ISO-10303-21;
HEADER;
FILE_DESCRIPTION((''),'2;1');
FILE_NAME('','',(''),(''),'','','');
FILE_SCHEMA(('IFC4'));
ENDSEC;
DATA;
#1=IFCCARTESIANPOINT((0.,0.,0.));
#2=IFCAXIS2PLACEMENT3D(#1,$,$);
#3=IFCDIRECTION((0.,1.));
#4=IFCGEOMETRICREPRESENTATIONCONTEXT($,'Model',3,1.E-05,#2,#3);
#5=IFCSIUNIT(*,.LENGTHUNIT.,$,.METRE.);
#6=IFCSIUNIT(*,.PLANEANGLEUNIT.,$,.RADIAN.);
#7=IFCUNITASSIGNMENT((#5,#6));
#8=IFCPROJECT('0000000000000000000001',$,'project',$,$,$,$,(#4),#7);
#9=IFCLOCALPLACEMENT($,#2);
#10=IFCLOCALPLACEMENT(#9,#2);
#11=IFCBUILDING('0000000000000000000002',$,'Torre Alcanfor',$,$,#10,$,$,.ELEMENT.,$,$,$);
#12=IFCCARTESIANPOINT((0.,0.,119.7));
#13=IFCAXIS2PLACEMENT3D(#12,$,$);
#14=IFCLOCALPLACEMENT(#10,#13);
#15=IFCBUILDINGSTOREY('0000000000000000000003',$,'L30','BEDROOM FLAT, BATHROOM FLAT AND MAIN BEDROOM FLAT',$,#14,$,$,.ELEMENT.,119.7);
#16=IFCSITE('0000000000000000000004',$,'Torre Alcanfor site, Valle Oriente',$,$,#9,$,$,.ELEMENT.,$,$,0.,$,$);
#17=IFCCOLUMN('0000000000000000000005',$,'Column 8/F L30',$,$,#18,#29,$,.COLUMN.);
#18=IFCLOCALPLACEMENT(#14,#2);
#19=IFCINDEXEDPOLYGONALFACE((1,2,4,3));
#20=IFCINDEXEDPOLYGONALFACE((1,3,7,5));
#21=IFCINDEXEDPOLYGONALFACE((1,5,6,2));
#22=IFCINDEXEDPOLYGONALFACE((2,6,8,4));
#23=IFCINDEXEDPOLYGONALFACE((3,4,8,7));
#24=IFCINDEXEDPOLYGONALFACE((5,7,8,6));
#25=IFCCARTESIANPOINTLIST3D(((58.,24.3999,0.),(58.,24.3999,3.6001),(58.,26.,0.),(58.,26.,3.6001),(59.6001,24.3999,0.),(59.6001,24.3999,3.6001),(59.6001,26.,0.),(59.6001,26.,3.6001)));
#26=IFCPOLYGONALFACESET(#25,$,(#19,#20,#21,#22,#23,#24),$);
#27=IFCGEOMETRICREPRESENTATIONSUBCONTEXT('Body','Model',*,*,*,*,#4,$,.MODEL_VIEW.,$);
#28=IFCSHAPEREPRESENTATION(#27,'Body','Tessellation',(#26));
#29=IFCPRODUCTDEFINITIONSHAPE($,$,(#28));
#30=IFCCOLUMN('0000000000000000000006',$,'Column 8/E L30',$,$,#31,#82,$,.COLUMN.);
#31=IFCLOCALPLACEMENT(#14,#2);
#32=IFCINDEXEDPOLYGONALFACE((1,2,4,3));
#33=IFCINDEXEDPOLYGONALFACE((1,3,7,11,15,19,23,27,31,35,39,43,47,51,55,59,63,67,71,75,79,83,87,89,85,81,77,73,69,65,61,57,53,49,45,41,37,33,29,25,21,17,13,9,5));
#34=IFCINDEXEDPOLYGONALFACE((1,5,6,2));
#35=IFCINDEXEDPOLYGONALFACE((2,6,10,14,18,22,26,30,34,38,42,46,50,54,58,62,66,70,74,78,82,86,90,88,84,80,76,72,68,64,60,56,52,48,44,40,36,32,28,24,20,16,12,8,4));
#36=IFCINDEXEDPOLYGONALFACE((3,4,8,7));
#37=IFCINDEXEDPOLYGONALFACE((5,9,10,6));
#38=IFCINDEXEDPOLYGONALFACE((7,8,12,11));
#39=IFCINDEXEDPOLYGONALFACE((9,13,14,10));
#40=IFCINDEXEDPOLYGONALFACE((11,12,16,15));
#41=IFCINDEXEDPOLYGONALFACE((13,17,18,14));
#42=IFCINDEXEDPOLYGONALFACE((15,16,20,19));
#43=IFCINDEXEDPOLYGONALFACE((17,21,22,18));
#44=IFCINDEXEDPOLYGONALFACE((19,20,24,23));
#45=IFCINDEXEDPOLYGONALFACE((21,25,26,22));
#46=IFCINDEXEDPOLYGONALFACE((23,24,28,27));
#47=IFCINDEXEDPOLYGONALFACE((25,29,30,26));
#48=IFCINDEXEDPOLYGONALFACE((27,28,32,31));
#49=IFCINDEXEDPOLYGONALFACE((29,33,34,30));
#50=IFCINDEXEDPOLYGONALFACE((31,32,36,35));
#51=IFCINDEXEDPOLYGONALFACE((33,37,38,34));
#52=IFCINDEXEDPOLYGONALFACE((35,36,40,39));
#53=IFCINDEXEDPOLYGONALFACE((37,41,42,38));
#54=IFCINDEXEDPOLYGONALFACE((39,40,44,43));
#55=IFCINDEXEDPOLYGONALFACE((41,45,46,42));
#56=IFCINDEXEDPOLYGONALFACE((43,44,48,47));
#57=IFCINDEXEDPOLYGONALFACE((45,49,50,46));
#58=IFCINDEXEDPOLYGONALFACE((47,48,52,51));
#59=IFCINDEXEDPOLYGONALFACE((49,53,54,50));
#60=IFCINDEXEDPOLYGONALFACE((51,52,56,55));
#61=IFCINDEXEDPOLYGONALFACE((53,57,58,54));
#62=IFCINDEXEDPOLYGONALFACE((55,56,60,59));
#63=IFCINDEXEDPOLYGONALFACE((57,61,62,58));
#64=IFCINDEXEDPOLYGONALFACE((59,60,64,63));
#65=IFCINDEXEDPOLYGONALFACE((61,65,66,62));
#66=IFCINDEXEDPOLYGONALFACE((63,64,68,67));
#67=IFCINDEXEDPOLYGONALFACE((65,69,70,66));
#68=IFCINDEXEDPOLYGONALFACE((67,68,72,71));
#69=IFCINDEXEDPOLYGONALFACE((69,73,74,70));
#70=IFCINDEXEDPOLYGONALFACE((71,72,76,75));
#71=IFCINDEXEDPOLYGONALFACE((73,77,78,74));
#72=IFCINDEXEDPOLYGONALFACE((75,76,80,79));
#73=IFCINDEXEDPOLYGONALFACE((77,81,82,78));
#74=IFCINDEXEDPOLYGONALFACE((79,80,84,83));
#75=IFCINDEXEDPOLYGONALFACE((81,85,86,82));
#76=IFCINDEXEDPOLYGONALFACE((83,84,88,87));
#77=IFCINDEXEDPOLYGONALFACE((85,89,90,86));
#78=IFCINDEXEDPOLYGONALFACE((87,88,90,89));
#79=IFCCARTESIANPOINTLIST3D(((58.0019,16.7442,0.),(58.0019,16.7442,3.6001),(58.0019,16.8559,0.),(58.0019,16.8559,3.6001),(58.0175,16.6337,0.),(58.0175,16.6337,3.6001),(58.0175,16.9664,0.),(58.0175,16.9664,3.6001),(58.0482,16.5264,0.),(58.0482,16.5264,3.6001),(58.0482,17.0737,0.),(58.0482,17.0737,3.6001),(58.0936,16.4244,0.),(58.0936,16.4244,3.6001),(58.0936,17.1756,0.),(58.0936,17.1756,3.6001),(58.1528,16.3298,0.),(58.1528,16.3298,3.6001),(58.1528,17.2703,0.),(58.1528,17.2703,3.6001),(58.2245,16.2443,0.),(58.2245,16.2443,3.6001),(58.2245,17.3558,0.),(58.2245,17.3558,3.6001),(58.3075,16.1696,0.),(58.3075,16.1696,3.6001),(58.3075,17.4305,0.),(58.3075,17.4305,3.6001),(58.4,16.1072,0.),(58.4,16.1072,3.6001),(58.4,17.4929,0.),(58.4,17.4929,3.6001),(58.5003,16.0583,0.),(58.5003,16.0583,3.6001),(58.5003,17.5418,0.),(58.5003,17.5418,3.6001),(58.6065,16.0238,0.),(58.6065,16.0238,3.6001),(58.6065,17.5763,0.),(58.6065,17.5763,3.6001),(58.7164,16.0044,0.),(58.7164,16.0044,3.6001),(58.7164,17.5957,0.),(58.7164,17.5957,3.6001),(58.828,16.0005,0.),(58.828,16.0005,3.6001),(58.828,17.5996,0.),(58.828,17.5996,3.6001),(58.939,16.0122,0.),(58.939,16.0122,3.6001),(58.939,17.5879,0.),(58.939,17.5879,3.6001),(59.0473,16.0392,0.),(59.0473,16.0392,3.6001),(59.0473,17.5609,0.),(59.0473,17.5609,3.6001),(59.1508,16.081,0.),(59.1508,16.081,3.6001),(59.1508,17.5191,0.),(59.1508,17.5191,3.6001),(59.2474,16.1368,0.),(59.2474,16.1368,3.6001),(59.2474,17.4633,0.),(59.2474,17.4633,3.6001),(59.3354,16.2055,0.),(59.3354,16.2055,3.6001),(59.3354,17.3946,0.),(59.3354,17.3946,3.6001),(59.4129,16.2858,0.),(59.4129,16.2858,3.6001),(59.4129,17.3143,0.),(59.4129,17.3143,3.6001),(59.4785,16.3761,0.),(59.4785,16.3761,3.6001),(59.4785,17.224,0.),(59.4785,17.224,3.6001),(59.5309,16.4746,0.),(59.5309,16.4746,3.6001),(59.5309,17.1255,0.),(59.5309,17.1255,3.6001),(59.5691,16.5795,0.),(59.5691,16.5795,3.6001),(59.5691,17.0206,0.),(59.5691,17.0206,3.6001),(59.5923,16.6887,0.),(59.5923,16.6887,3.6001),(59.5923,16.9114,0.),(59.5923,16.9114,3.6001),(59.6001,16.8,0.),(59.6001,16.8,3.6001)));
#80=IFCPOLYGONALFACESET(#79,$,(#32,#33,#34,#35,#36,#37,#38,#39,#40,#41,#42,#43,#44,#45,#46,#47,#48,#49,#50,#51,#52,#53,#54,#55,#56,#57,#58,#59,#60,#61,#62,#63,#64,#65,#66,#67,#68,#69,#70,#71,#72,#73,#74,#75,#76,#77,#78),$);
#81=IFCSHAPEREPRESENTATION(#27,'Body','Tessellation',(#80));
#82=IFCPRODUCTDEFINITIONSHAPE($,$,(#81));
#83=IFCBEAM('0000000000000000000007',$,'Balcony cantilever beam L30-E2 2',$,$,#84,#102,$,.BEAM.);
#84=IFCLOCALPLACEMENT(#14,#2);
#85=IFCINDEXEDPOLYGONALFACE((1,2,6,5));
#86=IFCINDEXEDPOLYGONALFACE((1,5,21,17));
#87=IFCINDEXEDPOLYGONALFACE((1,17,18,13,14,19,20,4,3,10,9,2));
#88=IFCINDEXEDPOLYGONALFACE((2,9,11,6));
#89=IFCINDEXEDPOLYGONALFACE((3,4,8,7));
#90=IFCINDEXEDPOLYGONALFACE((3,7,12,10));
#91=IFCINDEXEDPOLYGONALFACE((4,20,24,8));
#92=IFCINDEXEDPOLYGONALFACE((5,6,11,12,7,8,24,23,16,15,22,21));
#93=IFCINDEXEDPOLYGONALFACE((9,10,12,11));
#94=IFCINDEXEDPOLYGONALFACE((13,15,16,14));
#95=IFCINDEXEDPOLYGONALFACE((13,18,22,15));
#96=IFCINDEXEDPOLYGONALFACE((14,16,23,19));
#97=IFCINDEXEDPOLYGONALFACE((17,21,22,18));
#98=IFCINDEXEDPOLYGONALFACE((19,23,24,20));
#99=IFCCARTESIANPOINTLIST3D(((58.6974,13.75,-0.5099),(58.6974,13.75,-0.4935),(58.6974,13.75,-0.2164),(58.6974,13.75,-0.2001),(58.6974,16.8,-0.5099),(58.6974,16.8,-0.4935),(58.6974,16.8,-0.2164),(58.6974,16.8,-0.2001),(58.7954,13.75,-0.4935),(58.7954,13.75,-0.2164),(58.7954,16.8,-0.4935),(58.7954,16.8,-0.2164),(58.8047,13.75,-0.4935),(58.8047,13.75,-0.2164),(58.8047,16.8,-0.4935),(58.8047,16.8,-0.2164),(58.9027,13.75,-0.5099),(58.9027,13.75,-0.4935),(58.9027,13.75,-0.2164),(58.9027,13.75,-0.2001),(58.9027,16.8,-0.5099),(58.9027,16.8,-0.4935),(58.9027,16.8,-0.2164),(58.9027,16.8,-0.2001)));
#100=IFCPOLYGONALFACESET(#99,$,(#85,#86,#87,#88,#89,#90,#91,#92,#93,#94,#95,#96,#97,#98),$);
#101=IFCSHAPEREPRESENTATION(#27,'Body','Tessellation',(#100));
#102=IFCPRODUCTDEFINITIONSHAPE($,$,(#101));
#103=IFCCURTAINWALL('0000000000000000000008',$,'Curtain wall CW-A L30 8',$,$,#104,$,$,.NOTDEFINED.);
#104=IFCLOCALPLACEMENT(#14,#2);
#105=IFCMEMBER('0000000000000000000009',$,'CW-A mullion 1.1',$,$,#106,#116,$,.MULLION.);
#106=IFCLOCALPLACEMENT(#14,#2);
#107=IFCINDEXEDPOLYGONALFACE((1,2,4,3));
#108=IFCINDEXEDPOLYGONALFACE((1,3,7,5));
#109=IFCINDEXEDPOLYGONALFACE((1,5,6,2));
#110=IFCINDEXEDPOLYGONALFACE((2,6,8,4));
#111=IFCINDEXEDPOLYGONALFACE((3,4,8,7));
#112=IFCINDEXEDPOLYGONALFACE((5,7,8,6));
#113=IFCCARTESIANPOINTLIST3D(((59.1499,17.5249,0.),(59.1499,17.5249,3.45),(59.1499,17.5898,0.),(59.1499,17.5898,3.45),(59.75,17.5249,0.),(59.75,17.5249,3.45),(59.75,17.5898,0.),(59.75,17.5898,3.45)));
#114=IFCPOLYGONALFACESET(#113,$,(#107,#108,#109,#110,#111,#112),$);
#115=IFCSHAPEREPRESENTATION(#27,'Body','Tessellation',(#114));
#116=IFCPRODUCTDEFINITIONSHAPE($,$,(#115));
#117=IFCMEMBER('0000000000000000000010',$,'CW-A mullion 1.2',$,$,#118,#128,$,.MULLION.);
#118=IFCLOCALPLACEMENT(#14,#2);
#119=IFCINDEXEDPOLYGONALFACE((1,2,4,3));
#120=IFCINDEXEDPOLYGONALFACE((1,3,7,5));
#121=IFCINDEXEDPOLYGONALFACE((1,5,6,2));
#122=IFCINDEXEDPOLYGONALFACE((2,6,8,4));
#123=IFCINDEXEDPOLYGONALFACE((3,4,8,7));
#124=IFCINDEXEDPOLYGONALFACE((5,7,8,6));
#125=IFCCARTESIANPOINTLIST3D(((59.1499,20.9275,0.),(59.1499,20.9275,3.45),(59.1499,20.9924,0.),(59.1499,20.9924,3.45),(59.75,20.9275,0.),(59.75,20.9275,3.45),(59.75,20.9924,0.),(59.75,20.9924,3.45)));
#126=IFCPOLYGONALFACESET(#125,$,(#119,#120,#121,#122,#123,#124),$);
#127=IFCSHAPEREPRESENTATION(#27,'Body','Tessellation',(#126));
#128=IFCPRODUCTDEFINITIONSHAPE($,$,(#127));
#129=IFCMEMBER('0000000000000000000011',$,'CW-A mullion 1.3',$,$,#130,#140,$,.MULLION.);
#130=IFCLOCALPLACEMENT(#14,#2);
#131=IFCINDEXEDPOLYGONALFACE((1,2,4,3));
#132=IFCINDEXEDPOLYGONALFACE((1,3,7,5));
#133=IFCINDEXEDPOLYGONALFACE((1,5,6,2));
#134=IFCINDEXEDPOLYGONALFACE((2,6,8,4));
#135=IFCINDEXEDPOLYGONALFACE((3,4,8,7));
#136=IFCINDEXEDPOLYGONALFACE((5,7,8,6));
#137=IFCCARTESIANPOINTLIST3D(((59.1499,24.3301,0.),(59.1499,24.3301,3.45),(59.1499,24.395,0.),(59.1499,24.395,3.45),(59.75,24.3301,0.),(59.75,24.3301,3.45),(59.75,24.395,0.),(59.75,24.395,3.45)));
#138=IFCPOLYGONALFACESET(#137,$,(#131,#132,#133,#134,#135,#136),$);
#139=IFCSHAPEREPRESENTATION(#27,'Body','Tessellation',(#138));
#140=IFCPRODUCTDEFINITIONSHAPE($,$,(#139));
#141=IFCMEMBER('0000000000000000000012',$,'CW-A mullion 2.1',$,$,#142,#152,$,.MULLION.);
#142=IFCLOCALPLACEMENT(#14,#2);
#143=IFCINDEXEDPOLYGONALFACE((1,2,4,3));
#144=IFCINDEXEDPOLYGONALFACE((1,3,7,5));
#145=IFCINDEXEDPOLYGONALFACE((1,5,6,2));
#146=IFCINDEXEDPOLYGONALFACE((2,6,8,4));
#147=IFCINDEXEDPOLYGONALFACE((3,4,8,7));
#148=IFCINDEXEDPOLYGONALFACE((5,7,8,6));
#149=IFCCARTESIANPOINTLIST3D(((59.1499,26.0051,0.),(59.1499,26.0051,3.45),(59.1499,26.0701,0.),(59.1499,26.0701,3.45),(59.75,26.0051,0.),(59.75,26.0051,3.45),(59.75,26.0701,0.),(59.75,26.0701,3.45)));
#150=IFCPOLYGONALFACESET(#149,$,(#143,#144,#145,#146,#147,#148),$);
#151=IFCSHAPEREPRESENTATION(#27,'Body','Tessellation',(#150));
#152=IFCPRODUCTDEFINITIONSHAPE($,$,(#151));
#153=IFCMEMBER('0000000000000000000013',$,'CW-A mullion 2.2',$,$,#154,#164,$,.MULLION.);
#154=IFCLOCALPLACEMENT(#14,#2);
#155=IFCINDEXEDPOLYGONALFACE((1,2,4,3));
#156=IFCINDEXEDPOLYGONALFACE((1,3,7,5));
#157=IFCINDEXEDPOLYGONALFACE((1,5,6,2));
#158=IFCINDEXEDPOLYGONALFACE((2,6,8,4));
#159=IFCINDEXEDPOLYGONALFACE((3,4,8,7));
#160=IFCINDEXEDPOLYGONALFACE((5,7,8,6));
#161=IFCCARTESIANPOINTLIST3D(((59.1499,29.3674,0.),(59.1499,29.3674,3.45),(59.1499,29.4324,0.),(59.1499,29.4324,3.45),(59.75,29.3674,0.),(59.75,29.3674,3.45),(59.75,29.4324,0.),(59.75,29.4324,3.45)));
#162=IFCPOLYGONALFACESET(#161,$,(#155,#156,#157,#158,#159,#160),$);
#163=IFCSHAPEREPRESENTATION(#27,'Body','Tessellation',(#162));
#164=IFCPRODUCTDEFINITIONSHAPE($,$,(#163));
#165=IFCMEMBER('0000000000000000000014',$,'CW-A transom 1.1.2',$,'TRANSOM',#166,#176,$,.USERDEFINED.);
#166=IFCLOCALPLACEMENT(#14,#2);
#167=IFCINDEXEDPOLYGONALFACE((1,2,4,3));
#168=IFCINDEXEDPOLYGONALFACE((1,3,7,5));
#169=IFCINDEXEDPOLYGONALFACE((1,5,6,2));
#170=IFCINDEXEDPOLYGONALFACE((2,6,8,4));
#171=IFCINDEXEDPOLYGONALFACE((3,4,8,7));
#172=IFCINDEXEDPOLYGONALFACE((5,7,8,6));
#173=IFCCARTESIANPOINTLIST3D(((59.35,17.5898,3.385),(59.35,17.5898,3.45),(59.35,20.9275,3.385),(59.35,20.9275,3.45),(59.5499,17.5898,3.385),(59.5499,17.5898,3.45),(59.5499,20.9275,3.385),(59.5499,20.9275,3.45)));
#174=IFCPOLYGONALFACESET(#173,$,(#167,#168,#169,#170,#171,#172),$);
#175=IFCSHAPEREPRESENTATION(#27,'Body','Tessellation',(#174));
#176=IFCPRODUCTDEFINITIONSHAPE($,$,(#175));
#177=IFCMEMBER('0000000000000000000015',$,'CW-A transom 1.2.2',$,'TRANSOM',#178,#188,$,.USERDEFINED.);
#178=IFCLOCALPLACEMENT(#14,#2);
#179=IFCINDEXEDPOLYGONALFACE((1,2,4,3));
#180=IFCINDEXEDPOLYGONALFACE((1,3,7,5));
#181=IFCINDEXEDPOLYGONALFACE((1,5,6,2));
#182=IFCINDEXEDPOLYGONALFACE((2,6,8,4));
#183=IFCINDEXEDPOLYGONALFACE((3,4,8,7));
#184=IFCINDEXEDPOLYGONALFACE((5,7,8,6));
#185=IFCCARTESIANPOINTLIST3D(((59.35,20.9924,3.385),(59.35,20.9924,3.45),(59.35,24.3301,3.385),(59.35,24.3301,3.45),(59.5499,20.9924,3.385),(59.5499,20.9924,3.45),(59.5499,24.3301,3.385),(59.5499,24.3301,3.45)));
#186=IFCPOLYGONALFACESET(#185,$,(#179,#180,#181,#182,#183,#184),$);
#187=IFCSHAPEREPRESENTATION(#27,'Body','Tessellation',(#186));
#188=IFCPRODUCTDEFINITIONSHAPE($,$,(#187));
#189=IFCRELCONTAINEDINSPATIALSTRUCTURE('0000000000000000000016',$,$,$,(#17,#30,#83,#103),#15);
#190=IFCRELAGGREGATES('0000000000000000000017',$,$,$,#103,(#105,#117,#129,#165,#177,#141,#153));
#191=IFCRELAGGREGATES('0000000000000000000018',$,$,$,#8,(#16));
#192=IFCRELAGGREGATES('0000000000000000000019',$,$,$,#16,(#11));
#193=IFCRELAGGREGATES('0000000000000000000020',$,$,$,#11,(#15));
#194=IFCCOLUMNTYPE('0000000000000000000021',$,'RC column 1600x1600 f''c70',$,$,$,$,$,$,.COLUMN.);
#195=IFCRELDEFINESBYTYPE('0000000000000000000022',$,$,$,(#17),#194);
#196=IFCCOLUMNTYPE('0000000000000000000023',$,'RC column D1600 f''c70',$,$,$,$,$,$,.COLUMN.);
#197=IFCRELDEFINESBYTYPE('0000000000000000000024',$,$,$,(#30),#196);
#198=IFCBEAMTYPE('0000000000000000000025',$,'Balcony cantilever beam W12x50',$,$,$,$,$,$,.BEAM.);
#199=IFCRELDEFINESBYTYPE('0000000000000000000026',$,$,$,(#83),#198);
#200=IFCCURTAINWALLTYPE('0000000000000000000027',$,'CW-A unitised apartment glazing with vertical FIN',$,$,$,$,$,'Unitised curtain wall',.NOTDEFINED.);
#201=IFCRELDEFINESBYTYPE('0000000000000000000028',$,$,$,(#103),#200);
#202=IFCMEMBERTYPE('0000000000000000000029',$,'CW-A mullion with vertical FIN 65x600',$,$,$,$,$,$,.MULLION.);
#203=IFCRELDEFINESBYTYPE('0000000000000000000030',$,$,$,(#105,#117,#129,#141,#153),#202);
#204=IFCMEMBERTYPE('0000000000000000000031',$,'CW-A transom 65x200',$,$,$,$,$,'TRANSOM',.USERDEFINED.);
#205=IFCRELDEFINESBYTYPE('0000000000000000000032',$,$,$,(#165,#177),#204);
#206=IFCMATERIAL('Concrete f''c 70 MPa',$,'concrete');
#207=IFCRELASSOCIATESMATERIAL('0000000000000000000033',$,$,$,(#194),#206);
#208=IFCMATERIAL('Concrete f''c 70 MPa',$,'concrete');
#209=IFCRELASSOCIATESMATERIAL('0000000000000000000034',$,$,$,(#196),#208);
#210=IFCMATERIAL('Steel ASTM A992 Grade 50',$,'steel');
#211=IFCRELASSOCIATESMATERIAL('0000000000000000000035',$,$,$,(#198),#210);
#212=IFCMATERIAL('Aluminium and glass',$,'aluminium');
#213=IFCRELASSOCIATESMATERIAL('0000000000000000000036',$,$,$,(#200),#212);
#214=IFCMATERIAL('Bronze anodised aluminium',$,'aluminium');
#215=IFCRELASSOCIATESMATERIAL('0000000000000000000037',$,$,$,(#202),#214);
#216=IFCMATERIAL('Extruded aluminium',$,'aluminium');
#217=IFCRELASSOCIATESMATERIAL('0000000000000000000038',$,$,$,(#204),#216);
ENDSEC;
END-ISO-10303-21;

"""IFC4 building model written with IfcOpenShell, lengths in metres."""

from ifc_helpers import new_model, si_unit, direction, frame, origin, origin_2d, place, context, subcontext, project, spatial, rectangle, circle, i_section, extrude, material, material_profile, profile_set, type_object, element, aggregate, save


model = new_model("IFC4")

# Units and contexts
model_context = context("Model", 3, precision=1e-05, world=origin(), true_north=direction((0.0, 1.0)))
body_context = subcontext(model_context, "Body", "Model", "MODEL_VIEW")
ifc_project = project(units=[si_unit("LENGTHUNIT", "METRE"), si_unit("PLANEANGLEUNIT", "RADIAN")], contexts=[model_context])

# Site, building, storey
site_placement = place(None, origin())
site = spatial("IfcSite", under=ifc_project, at=site_placement, Name="Torre Alcanfor site, Valle Oriente", CompositionType="ELEMENT", RefElevation=0.0)
building_placement = place(site_placement, origin())
building = spatial("IfcBuilding", under=site, at=building_placement, Name="Torre Alcanfor", CompositionType="ELEMENT")
storey_placement = place(building_placement, frame((0.0, 0.0, 119.7)))
storey = spatial("IfcBuildingStorey", under=building, at=storey_placement, Name="L30", Description="BEDROOM FLAT, BATHROOM FLAT AND MAIN BEDROOM FLAT", CompositionType="ELEMENT", Elevation=119.7)

# Columns
ifc_material_1 = material(Name="Concrete f'c 70 MPa", Category="concrete")
ifc_material_profile_1 = material_profile(ifc_material_1, rectangle(XDim=1.6001, YDim=1.6001, at=origin_2d()), Name="1600x1600")
ifc_profile_set_1 = profile_set([ifc_material_profile_1], Name="Concrete f'c 70 MPa")
column_type_1 = type_object("IfcColumnType", Name="RC column 1600x1600 f'c70", PredefinedType="COLUMN", material=ifc_profile_set_1)
column_1_placement = place(storey_placement, frame((58.8, 25.2, 0.0), z_axis=(0.0, 0.0, 1.0), x_axis=(1.0, 0.0, 0.0)))
element("IfcColumn", 1, at=column_1_placement, inside=storey, type_object=column_type_1, Name="Column 8/F L30", PredefinedType="COLUMN", context=body_context, shape_type="SweptSolid", body=[
    extrude(rectangle(XDim=1.6001, YDim=1.6001, at=origin_2d()), origin(), (0.0, 0.0, 1.0), 3.6001),
])
ifc_material_2 = material(Name="Concrete f'c 70 MPa", Category="concrete")
ifc_material_profile_2 = material_profile(ifc_material_2, circle(Radius=0.8, at=origin_2d()), Name="D1600")
ifc_profile_set_2 = profile_set([ifc_material_profile_2], Name="Concrete f'c 70 MPa")
column_type_2 = type_object("IfcColumnType", Name="RC column D1600 f'c70", PredefinedType="COLUMN", material=ifc_profile_set_2)
column_2_placement = place(storey_placement, frame((58.8, 16.8, 0.0), z_axis=(0.0, 0.0, 1.0), x_axis=(1.0, 0.0, 0.0)))
element("IfcColumn", 2, at=column_2_placement, inside=storey, type_object=column_type_2, Name="Column 8/E L30", PredefinedType="COLUMN", context=body_context, shape_type="SweptSolid", body=[
    extrude(circle(Radius=0.8, at=origin_2d()), origin(), (0.0, 0.0, 1.0), 3.6001),
])

# Beam
ifc_material_3 = material(Name="Steel ASTM A992 Grade 50", Category="steel")
ifc_material_profile_3 = material_profile(ifc_material_3, i_section(OverallWidth=0.2053, OverallDepth=0.3098, WebThickness=0.0093, FlangeThickness=0.0164, at=origin_2d()), Name="W12x50")
ifc_profile_set_3 = profile_set([ifc_material_profile_3], Name="Steel ASTM A992 Grade 50")
beam_type_1 = type_object("IfcBeamType", Name="Balcony cantilever beam W12x50", PredefinedType="BEAM", material=ifc_profile_set_3)
beam_1_placement = place(storey_placement, frame((58.8, 16.8, -0.355), z_axis=(0.0, -1.0, 0.0), x_axis=(1.0, 0.0, 0.0)))
element("IfcBeam", 3, at=beam_1_placement, inside=storey, type_object=beam_type_1, Name="Balcony cantilever beam L30-E2 2", PredefinedType="BEAM", context=body_context, shape_type="SweptSolid", body=[
    extrude(i_section(OverallWidth=0.2053, OverallDepth=0.3098, WebThickness=0.0093, FlangeThickness=0.0164, at=origin_2d()), origin(), (0.0, 0.0, 1.0), 3.05),
])

# Curtain wall, members
ifc_material_4 = material(Name="Aluminium and glass", Category="aluminium")
curtain_wall_type = type_object("IfcCurtainWallType", Name="CW-A unitised apartment glazing with vertical FIN", ElementType="Unitised curtain wall", PredefinedType="NOTDEFINED", material=ifc_material_4)
curtain_wall_placement = place(storey_placement, origin())
curtain_wall = element("IfcCurtainWall", 4, at=curtain_wall_placement, inside=storey, type_object=curtain_wall_type, Name="Curtain wall CW-A L30 8", PredefinedType="NOTDEFINED")
ifc_material_5 = material(Name="Bronze anodised aluminium", Category="aluminium")
ifc_material_profile_4 = material_profile(ifc_material_5, rectangle(XDim=0.6001, YDim=0.0649, at=origin_2d()), Name="CW-A mullion 65x600")
ifc_profile_set_4 = profile_set([ifc_material_profile_4], Name="Bronze anodised aluminium")
member_type_1 = type_object("IfcMemberType", Name="CW-A mullion with vertical FIN 65x600", PredefinedType="MULLION", material=ifc_profile_set_4)
member_1_placement = place(storey_placement, frame((59.45, 17.5574, 0.0), z_axis=(0.0, 0.0, 1.0), x_axis=(-1.0, 0.0, 0.0)))
member_1 = element("IfcMember", 5, at=member_1_placement, type_object=member_type_1, Name="CW-A mullion 1.1", PredefinedType="MULLION", context=body_context, shape_type="SweptSolid", body=[
    extrude(rectangle(XDim=0.6001, YDim=0.0649, at=origin_2d()), origin(), (0.0, 0.0, 1.0), 3.45),
])
member_2_placement = place(storey_placement, frame((59.45, 20.96, 0.0), z_axis=(0.0, 0.0, 1.0), x_axis=(-1.0, 0.0, 0.0)))
member_2 = element("IfcMember", 6, at=member_2_placement, type_object=member_type_1, Name="CW-A mullion 1.2", PredefinedType="MULLION", context=body_context, shape_type="SweptSolid", body=[
    extrude(rectangle(XDim=0.6001, YDim=0.0649, at=origin_2d()), origin(), (0.0, 0.0, 1.0), 3.45),
])
member_3_placement = place(storey_placement, frame((59.45, 24.3625, 0.0), z_axis=(0.0, 0.0, 1.0), x_axis=(-1.0, 0.0, 0.0)))
member_3 = element("IfcMember", 7, at=member_3_placement, type_object=member_type_1, Name="CW-A mullion 1.3", PredefinedType="MULLION", context=body_context, shape_type="SweptSolid", body=[
    extrude(rectangle(XDim=0.6001, YDim=0.0649, at=origin_2d()), origin(), (0.0, 0.0, 1.0), 3.45),
])
member_4_placement = place(storey_placement, frame((59.45, 26.0376, 0.0), z_axis=(0.0, 0.0, 1.0), x_axis=(-1.0, 0.0, 0.0)))
member_4 = element("IfcMember", 8, at=member_4_placement, type_object=member_type_1, Name="CW-A mullion 2.1", PredefinedType="MULLION", context=body_context, shape_type="SweptSolid", body=[
    extrude(rectangle(XDim=0.6001, YDim=0.0649, at=origin_2d()), origin(), (0.0, 0.0, 1.0), 3.45),
])
member_5_placement = place(storey_placement, frame((59.45, 29.3999, 0.0), z_axis=(0.0, 0.0, 1.0), x_axis=(-1.0, 0.0, 0.0)))
member_5 = element("IfcMember", 9, at=member_5_placement, type_object=member_type_1, Name="CW-A mullion 2.2", PredefinedType="MULLION", context=body_context, shape_type="SweptSolid", body=[
    extrude(rectangle(XDim=0.6001, YDim=0.0649, at=origin_2d()), origin(), (0.0, 0.0, 1.0), 3.45),
])
ifc_material_6 = material(Name="Extruded aluminium", Category="aluminium")
ifc_material_profile_5 = material_profile(ifc_material_6, rectangle(XDim=0.2, YDim=0.0649, at=origin_2d()), Name="CW-A transom 200x65")
ifc_profile_set_5 = profile_set([ifc_material_profile_5], Name="Extruded aluminium")
member_type_2 = type_object("IfcMemberType", Name="CW-A transom 65x200", ElementType="TRANSOM", PredefinedType="USERDEFINED", material=ifc_profile_set_5)
member_6_placement = place(storey_placement, frame((59.45, 17.5898, 3.4175), z_axis=(0.0, 1.0, 0.0), x_axis=(-1.0, 0.0, 0.0)))
member_6 = element("IfcMember", 10, at=member_6_placement, type_object=member_type_2, Name="CW-A transom 1.1.2", ObjectType="TRANSOM", PredefinedType="USERDEFINED", context=body_context, shape_type="SweptSolid", body=[
    extrude(rectangle(XDim=0.2, YDim=0.0649, at=origin_2d()), origin(), (0.0, 0.0, 1.0), 3.3376),
])
member_7_placement = place(storey_placement, frame((59.45, 20.9924, 3.4175), z_axis=(0.0, 1.0, 0.0), x_axis=(-1.0, 0.0, 0.0)))
member_7 = element("IfcMember", 11, at=member_7_placement, type_object=member_type_2, Name="CW-A transom 1.2.2", ObjectType="TRANSOM", PredefinedType="USERDEFINED", context=body_context, shape_type="SweptSolid", body=[
    extrude(rectangle(XDim=0.2, YDim=0.0649, at=origin_2d()), origin(), (0.0, 0.0, 1.0), 3.3376),
])

aggregate(curtain_wall, [member_1, member_2, member_3, member_6, member_7, member_4, member_5])

save(model, "model.ifc")
